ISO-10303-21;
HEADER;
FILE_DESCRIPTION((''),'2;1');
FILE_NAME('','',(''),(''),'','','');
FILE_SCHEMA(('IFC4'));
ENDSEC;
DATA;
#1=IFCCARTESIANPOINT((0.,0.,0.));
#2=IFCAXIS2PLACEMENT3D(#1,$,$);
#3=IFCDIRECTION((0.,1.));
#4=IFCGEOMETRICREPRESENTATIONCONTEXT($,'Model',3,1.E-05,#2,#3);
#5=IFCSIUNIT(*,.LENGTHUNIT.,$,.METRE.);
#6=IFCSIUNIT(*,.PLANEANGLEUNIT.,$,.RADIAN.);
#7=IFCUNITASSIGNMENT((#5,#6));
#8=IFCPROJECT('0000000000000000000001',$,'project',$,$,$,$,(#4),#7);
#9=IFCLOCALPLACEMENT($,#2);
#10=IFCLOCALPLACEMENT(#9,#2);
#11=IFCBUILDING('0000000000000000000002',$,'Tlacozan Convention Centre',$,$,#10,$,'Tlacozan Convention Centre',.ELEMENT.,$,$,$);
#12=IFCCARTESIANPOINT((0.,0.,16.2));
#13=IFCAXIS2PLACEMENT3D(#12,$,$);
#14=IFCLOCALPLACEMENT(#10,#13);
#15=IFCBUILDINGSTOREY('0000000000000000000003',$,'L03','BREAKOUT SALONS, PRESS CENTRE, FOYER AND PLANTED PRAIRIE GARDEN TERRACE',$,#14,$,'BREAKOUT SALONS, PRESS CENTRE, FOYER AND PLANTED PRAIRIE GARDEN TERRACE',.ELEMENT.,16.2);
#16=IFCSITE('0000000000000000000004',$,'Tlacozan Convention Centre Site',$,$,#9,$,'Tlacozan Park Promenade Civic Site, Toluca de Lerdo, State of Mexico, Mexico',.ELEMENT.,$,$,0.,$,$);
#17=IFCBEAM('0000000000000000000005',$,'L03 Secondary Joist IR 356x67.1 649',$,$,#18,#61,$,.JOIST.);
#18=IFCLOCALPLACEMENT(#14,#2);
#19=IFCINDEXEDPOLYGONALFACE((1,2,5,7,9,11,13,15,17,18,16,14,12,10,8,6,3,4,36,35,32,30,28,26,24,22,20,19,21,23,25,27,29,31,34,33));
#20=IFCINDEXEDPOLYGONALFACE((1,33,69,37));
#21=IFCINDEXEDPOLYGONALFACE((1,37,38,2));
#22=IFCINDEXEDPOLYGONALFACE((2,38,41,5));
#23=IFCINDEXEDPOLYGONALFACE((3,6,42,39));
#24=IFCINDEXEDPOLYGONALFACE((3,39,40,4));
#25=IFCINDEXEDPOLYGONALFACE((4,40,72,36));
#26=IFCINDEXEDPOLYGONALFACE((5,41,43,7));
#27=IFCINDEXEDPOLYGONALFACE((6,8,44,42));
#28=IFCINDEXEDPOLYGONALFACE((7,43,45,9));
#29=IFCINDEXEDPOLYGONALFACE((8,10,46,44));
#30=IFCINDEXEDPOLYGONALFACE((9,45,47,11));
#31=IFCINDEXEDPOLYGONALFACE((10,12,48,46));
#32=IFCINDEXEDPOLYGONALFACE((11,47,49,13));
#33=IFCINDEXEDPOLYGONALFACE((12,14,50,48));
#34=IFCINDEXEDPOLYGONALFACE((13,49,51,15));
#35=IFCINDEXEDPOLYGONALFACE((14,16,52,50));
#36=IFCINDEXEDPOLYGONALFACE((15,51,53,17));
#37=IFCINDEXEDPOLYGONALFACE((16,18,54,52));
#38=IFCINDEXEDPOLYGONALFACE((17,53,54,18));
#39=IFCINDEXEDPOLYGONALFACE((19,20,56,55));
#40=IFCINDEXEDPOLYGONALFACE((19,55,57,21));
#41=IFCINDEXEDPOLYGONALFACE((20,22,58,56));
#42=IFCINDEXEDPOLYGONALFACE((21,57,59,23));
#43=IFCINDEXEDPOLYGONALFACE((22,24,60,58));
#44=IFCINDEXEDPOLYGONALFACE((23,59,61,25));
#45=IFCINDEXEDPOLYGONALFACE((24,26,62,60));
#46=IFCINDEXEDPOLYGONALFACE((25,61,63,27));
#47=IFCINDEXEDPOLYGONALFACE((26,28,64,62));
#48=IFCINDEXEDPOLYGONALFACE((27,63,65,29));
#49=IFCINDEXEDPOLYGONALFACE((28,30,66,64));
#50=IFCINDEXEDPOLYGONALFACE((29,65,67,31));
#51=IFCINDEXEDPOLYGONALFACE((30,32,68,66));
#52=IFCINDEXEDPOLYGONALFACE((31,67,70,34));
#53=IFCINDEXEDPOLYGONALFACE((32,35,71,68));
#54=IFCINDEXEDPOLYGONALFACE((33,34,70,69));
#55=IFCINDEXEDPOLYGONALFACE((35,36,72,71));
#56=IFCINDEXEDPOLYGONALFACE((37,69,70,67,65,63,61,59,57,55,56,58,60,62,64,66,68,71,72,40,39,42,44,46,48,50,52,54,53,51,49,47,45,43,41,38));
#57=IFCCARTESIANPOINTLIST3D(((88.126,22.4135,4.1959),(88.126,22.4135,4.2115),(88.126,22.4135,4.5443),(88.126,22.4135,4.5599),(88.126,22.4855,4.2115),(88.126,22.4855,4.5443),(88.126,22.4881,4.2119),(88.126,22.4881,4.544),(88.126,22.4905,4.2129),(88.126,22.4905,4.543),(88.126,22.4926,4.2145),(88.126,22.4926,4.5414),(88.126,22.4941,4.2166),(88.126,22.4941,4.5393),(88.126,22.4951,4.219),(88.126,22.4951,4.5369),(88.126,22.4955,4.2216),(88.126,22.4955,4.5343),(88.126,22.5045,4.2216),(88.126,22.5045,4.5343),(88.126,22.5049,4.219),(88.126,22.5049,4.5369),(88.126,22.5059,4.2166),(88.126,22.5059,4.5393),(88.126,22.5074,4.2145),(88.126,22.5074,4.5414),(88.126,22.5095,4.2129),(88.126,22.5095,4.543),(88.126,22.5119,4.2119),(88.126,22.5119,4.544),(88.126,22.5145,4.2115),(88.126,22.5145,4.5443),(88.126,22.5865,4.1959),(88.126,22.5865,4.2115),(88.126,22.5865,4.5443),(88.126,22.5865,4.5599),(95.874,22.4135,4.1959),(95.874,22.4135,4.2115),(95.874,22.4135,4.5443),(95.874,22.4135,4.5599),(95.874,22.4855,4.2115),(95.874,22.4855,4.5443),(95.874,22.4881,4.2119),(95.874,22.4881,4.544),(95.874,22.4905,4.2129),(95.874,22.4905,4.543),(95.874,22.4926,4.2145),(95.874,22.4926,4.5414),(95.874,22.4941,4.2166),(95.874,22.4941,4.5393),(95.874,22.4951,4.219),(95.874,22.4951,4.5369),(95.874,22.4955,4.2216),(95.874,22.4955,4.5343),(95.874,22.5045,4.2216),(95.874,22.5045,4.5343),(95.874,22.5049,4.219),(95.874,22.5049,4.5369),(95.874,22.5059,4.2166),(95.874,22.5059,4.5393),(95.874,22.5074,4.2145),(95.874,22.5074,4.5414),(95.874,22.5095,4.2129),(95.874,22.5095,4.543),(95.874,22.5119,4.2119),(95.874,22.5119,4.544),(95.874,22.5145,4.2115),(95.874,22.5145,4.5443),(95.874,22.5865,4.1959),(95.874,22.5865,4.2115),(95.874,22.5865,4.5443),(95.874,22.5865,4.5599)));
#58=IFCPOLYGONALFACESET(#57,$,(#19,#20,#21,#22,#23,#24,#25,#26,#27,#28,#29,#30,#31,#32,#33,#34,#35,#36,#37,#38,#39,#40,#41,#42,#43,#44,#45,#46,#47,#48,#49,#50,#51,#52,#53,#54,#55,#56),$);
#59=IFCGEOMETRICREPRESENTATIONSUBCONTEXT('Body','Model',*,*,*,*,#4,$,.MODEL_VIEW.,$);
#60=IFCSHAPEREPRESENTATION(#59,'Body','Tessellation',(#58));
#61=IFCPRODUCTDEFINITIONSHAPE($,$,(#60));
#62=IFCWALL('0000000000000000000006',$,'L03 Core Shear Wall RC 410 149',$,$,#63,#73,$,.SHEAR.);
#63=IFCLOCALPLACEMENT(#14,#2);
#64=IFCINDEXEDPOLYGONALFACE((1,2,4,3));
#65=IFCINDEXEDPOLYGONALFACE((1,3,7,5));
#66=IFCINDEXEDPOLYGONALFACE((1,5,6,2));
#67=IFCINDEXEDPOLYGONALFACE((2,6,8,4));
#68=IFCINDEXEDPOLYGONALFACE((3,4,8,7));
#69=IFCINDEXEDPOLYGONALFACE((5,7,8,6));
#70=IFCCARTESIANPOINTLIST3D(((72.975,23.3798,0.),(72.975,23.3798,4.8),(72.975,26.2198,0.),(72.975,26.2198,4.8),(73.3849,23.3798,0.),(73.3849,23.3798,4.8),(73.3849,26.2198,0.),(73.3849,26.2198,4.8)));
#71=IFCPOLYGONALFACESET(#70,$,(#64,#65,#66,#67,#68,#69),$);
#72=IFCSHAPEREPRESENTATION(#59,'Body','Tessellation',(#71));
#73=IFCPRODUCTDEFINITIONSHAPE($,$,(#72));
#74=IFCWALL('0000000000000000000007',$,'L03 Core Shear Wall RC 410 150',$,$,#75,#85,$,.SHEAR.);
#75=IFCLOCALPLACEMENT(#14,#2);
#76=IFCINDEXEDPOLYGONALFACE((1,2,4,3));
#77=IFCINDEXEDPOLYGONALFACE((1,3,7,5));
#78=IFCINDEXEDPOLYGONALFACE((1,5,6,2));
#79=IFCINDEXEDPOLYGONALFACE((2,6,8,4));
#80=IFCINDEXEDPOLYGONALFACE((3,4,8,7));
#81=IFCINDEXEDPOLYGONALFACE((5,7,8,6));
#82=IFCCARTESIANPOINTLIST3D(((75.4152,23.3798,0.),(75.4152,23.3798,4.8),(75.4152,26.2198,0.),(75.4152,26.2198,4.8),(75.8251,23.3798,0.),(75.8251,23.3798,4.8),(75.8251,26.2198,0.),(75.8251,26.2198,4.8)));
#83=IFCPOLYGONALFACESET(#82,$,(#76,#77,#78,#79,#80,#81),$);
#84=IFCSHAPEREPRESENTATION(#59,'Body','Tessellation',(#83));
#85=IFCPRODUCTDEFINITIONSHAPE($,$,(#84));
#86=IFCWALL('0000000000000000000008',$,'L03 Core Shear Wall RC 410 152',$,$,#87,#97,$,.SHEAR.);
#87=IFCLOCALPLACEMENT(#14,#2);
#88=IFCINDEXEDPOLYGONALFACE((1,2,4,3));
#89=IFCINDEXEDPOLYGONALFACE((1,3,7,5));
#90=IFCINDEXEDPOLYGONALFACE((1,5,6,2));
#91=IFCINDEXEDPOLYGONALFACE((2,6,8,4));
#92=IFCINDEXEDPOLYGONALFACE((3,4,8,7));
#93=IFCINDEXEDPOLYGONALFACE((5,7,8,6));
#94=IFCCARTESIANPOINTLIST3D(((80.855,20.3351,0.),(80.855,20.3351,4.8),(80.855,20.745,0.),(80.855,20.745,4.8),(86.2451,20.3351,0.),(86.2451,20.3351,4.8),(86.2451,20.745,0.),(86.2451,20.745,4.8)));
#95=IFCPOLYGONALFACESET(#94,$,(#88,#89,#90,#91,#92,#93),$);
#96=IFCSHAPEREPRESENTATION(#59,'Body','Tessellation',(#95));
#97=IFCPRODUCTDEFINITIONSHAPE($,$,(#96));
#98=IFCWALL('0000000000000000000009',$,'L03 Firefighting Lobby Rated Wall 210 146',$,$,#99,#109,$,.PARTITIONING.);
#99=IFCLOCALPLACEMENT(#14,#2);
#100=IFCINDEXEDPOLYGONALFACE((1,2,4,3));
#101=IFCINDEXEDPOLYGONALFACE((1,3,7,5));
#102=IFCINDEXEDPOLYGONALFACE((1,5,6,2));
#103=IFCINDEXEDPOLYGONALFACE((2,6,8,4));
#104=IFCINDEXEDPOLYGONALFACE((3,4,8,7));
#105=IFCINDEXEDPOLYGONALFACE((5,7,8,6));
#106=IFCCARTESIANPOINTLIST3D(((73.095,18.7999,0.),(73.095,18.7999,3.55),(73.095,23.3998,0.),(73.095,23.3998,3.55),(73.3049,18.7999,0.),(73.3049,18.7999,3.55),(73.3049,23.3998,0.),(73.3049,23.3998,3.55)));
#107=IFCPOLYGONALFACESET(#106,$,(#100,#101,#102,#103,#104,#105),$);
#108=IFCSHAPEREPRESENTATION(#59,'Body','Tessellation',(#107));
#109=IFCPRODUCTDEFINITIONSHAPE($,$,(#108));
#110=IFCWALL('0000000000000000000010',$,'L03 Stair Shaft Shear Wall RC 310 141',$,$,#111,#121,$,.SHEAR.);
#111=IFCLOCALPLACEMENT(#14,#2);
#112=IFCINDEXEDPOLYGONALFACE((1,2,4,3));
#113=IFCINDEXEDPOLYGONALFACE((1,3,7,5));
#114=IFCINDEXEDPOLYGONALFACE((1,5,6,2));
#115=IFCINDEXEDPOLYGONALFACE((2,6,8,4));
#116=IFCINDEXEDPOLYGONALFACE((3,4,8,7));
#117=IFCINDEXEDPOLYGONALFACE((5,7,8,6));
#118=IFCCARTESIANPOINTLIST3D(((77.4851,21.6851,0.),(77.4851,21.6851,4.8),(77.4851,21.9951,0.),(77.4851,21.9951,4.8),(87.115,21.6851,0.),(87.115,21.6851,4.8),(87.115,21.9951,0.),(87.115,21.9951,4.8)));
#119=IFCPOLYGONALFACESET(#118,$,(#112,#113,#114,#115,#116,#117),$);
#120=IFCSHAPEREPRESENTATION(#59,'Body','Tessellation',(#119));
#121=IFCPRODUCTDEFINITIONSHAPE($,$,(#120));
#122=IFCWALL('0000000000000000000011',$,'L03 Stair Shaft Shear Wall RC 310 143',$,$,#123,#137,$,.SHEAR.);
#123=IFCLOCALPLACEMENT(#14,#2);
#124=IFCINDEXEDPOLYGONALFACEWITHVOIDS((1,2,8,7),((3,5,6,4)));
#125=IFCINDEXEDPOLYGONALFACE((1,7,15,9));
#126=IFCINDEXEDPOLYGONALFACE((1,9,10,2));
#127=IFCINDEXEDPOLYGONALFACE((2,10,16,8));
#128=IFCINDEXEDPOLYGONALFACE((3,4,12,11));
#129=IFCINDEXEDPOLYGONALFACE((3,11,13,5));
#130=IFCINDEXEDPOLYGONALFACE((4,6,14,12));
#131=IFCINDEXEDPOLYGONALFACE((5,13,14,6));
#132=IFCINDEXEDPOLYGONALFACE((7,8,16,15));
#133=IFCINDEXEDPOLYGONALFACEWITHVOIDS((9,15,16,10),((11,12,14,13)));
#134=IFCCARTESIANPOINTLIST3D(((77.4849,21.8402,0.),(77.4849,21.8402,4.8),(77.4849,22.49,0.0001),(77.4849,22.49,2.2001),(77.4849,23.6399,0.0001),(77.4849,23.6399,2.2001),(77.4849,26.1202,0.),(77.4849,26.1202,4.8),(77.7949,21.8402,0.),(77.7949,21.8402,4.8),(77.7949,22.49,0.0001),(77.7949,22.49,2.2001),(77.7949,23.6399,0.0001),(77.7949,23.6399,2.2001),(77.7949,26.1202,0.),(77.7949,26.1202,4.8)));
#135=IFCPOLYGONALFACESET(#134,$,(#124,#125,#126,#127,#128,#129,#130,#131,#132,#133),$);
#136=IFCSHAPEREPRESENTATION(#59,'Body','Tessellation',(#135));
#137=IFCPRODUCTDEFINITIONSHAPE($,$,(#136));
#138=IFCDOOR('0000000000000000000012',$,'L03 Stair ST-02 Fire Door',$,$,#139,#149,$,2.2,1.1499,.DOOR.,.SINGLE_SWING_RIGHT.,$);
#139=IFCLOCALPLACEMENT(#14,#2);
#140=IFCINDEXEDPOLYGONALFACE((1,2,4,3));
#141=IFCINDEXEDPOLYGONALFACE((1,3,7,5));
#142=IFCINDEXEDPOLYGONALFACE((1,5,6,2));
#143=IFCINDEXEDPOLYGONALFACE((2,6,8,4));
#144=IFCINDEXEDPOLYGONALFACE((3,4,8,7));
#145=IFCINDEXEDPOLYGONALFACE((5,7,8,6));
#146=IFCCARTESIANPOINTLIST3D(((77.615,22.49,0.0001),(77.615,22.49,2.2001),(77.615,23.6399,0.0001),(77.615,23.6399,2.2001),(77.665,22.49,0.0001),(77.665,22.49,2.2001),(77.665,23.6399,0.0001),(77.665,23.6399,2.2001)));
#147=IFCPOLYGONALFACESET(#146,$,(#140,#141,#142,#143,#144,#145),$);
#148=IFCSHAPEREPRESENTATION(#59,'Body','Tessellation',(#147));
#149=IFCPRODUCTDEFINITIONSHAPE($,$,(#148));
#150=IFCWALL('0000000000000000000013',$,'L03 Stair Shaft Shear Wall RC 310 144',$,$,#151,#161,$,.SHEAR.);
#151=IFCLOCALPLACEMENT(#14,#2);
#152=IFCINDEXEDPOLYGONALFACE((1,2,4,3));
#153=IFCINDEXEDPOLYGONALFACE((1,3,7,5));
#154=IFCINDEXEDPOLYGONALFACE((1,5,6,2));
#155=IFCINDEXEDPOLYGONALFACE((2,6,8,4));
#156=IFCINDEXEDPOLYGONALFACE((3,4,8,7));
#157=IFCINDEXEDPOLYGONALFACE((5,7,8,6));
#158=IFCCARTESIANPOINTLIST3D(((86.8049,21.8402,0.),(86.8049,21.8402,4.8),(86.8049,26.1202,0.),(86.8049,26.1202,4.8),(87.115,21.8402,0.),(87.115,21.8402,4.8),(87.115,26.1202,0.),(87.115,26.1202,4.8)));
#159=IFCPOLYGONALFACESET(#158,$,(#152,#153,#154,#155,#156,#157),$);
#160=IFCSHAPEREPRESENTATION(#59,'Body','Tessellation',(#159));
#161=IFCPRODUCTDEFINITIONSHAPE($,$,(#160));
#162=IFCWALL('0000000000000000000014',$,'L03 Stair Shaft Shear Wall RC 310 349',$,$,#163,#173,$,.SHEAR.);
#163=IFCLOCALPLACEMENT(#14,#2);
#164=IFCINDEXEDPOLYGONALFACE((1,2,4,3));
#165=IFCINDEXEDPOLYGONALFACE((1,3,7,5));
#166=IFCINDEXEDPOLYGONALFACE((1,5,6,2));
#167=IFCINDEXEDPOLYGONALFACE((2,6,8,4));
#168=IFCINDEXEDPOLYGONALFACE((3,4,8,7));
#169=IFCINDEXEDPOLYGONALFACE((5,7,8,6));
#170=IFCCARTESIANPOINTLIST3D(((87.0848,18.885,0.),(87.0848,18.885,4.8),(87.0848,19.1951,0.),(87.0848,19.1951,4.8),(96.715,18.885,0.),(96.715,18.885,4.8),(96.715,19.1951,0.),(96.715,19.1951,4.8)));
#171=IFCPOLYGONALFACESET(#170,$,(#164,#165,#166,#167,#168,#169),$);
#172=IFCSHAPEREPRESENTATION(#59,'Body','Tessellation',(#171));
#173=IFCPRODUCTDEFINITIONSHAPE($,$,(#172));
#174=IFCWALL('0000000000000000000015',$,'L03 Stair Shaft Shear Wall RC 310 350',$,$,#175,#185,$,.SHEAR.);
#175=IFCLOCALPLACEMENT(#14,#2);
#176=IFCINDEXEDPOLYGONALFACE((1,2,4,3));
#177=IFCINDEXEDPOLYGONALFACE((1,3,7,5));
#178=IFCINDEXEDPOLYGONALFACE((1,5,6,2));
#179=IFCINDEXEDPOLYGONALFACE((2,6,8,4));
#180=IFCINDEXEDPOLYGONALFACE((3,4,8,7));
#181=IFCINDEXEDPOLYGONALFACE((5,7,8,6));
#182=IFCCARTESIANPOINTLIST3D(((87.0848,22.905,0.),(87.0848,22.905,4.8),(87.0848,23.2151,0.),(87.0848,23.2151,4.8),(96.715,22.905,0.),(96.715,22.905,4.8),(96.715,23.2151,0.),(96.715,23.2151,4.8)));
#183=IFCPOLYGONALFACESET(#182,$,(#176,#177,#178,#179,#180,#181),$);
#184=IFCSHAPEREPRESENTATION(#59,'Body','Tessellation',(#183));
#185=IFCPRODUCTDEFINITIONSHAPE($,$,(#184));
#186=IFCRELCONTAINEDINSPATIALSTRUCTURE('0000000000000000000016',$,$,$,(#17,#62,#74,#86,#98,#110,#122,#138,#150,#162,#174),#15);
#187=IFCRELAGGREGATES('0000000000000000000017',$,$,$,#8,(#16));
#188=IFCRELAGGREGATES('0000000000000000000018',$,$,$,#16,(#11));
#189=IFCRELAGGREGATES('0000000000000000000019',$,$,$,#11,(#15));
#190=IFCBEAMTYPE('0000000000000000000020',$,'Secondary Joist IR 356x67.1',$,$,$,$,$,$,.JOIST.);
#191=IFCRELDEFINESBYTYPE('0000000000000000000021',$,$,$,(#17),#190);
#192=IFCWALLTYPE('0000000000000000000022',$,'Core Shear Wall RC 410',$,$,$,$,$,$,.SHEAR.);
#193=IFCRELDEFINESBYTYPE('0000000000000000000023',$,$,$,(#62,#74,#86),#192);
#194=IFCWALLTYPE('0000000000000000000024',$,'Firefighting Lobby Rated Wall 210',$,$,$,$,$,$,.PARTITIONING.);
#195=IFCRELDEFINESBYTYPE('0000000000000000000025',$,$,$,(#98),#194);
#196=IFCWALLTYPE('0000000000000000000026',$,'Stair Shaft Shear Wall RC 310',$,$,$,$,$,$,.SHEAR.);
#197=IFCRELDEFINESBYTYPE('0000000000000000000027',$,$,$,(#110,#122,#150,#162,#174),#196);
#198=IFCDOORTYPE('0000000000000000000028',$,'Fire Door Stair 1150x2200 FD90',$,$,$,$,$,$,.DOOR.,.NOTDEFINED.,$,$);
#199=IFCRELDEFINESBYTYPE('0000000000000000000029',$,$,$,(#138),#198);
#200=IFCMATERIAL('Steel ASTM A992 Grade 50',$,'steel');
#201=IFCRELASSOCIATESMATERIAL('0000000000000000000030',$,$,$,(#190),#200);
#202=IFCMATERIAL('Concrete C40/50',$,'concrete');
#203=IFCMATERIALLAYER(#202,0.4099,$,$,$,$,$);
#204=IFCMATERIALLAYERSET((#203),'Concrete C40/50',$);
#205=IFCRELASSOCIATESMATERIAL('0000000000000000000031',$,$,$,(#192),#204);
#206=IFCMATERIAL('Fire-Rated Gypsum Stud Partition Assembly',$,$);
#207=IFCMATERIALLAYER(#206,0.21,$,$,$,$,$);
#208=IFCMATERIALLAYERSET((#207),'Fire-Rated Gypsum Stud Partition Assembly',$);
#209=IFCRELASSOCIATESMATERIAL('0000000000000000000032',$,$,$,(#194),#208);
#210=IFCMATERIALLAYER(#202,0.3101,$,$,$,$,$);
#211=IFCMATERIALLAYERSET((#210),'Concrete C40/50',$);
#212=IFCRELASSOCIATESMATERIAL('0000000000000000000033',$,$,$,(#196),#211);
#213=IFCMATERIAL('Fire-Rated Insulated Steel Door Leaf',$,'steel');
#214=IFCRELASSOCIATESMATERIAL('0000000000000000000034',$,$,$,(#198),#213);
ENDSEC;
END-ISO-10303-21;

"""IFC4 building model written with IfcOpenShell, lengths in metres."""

from ifc_helpers import new_model, si_unit, direction, frame, frame_2d, origin, origin_2d, place, context, subcontext, project, spatial, rectangle, i_section, extrude, material, layer, layer_set, material_profile, profile_set, type_object, element, fill, save


model = new_model("IFC4")

# Units and contexts
model_context = context("Model", 3, precision=1e-05, world=origin(), true_north=direction((0.0, 1.0)))
body_context = subcontext(model_context, "Body", "Model", "MODEL_VIEW")
ifc_project = project(units=[si_unit("LENGTHUNIT", "METRE"), si_unit("PLANEANGLEUNIT", "RADIAN")], contexts=[model_context])

# Site, building, storey
site_placement = place(None, origin())
site = spatial("IfcSite", under=ifc_project, at=site_placement, Name="Tlacozan Convention Centre Site", LongName="Tlacozan Park Promenade Civic Site, Toluca de Lerdo, State of Mexico, Mexico", CompositionType="ELEMENT", RefElevation=0.0)
building_placement = place(site_placement, origin())
building = spatial("IfcBuilding", under=site, at=building_placement, Name="Tlacozan Convention Centre", LongName="Tlacozan Convention Centre", CompositionType="ELEMENT")
storey_placement = place(building_placement, frame((0.0, 0.0, 16.2)))
storey = spatial("IfcBuildingStorey", under=building, at=storey_placement, Name="L03", Description="BREAKOUT SALONS, PRESS CENTRE, FOYER AND PLANTED PRAIRIE GARDEN TERRACE", LongName="BREAKOUT SALONS, PRESS CENTRE, FOYER AND PLANTED PRAIRIE GARDEN TERRACE", CompositionType="ELEMENT", Elevation=16.2)

# Beam
ifc_material_1 = material(Name="Steel ASTM A992 Grade 50", Category="steel")
ifc_material_profile = material_profile(ifc_material_1, i_section(OverallWidth=0.1731, OverallDepth=0.364, WebThickness=0.009, FlangeThickness=0.0156, FilletRadius=0.01, at=origin_2d()), Name="IR 356x67.1")
ifc_profile_set = profile_set([ifc_material_profile], Name="Steel ASTM A992 Grade 50")
beam_type = type_object("IfcBeamType", Name="Secondary Joist IR 356x67.1", PredefinedType="JOIST", material=ifc_profile_set)
beam_placement = place(storey_placement, frame((88.126, 22.5, 4.3779), z_axis=(1.0, 0.0, 0.0), x_axis=(0.0, 1.0, 0.0)))
element("IfcBeam", 1, at=beam_placement, inside=storey, type_object=beam_type, Name="L03 Secondary Joist IR 356x67.1 649", PredefinedType="JOIST", context=body_context, shape_type="SweptSolid", body=[
    extrude(i_section(OverallWidth=0.1731, OverallDepth=0.364, WebThickness=0.009, FlangeThickness=0.0156, FilletRadius=0.01, at=origin_2d()), origin(), (0.0, 0.0, 1.0), 7.748),
])

# Walls
ifc_material_2 = material(Name="Concrete C40/50", Category="concrete")
ifc_layer_1 = layer(ifc_material_2, 0.4099)
ifc_layer_set_1 = layer_set([ifc_layer_1], Name="Concrete C40/50")
wall_type_1 = type_object("IfcWallType", Name="Core Shear Wall RC 410", PredefinedType="SHEAR", material=ifc_layer_set_1)
for number, where, z_axis, x_axis, name in (
    (2, (73.1799, 23.3799, 0.0), (0.0, 0.0, 1.0), (0.0, 1.0, 0.0), "L03 Core Shear Wall RC 410 149"),
    (3, (75.6201, 23.3799, 0.0), (0.0, 0.0, 1.0), (0.0, 1.0, 0.0), "L03 Core Shear Wall RC 410 150"),
):
    element("IfcWall", number, at=place(storey_placement, frame(where, z_axis=z_axis, x_axis=x_axis)), inside=storey, type_object=wall_type_1, Name=name, PredefinedType="SHEAR", context=body_context, shape_type="SweptSolid", body=[
        extrude(rectangle(XDim=2.8401, YDim=0.4099, at=frame_2d((1.4199, 0.0))), origin(), (0.0, 0.0, 1.0), 4.8),
    ])
wall_1_placement = place(storey_placement, frame((80.855, 20.54, 0.0), z_axis=(0.0, 0.0, 1.0), x_axis=(1.0, 0.0, 0.0)))
element("IfcWall", 4, at=wall_1_placement, inside=storey, type_object=wall_type_1, Name="L03 Core Shear Wall RC 410 152", PredefinedType="SHEAR", context=body_context, shape_type="SweptSolid", body=[
    extrude(rectangle(XDim=5.3901, YDim=0.4099, at=frame_2d((2.6951, 0.0))), origin(), (0.0, 0.0, 1.0), 4.8),
])

# Shared definitions
ifc_material_3 = material(Name="Fire-Rated Gypsum Stud Partition Assembly")
ifc_layer_2 = layer(ifc_material_3, 0.21)
ifc_layer_set_2 = layer_set([ifc_layer_2], Name="Fire-Rated Gypsum Stud Partition Assembly")
wall_type_2 = type_object("IfcWallType", Name="Firefighting Lobby Rated Wall 210", PredefinedType="PARTITIONING", material=ifc_layer_set_2)
ifc_material_4 = material(Name="Fire-Rated Insulated Steel Door Leaf", Category="steel")

# Walls
wall_2_placement = place(storey_placement, frame((73.2, 18.8, 0.0), z_axis=(0.0, 0.0, 1.0), x_axis=(0.0, 1.0, 0.0)))
element("IfcWall", 5, at=wall_2_placement, inside=storey, type_object=wall_type_2, Name="L03 Firefighting Lobby Rated Wall 210 146", PredefinedType="PARTITIONING", context=body_context, shape_type="SweptSolid", body=[
    extrude(rectangle(XDim=4.5999, YDim=0.21, at=frame_2d((2.2998, 0.0))), origin(), (0.0, 0.0, 1.0), 3.55),
])
ifc_layer_3 = layer(ifc_material_2, 0.3101)
ifc_layer_set_3 = layer_set([ifc_layer_3], Name="Concrete C40/50")
wall_type_3 = type_object("IfcWallType", Name="Stair Shaft Shear Wall RC 310", PredefinedType="SHEAR", material=ifc_layer_set_3)
wall_3_placement = place(storey_placement, frame((77.4851, 21.8401, 0.0), z_axis=(0.0, 0.0, 1.0), x_axis=(1.0, 0.0, 0.0)))
element("IfcWall", 6, at=wall_3_placement, inside=storey, type_object=wall_type_3, Name="L03 Stair Shaft Shear Wall RC 310 141", PredefinedType="SHEAR", context=body_context, shape_type="SweptSolid", body=[
    extrude(rectangle(XDim=9.6299, YDim=0.3101, at=frame_2d((4.8149, 0.0))), origin(), (0.0, 0.0, 1.0), 4.8),
])

# Wall, opening, door
wall_4_placement = place(storey_placement, frame((77.6399, 21.8401, 0.0), z_axis=(0.0, 0.0, 1.0), x_axis=(0.0, 1.0, 0.0)))
wall_4 = element("IfcWall", 7, at=wall_4_placement, inside=storey, type_object=wall_type_3, Name="L03 Stair Shaft Shear Wall RC 310 143", PredefinedType="SHEAR", context=body_context, shape_type="SweptSolid", body=[
    extrude(rectangle(XDim=4.28, YDim=0.3101, at=frame_2d((2.1401, 0.0))), origin(), (0.0, 0.0, 1.0), 4.8),
])
opening_1_placement = place(wall_4_placement, frame((0.6499, 0.0, 0.0)))
opening_1 = element("IfcOpeningElement", 8, at=opening_1_placement, cuts=wall_4, PredefinedType="OPENING", context=body_context, shape_type="SweptSolid", body=[
    extrude(rectangle(XDim=1.1499, YDim=2.2, at=frame_2d((0.575, 1.1001))), frame((0.0, 0.165, 0.0), z_axis=(0.0, -1.0, 0.0), x_axis=(1.0, 0.0, 0.0)), (0.0, 0.0, 1.0), 0.3301),
])
door_type_1 = type_object("IfcDoorType", Name="Fire Door Stair 1150x2200 FD90", OperationType="NOTDEFINED", PredefinedType="DOOR", material=ifc_material_4)
door_1_placement = place(opening_1_placement, origin())
door_1 = element("IfcDoor", 9, at=door_1_placement, inside=storey, type_object=door_type_1, Name="L03 Stair ST-02 Fire Door", OperationType="SINGLE_SWING_RIGHT", OverallHeight=2.2, OverallWidth=1.1499, PredefinedType="DOOR", context=body_context, shape_type="SweptSolid", body=[
    extrude(rectangle(XDim=1.1499, YDim=2.2, at=frame_2d((0.575, 1.1001))), frame((0.0, 0.0249, 0.0), z_axis=(0.0, -1.0, 0.0), x_axis=(1.0, 0.0, 0.0)), (0.0, 0.0, 1.0), 0.05),
])
fill(opening_1, door_1)

# Walls
wall_5_placement = place(storey_placement, frame((86.96, 21.8401, 0.0), z_axis=(0.0, 0.0, 1.0), x_axis=(0.0, 1.0, 0.0)))
element("IfcWall", 10, at=wall_5_placement, inside=storey, type_object=wall_type_3, Name="L03 Stair Shaft Shear Wall RC 310 144", PredefinedType="SHEAR", context=body_context, shape_type="SweptSolid", body=[
    extrude(rectangle(XDim=4.28, YDim=0.3101, at=frame_2d((2.1401, 0.0))), origin(), (0.0, 0.0, 1.0), 4.8),
])
for number, where, z_axis, x_axis, name in (
    (11, (87.085, 19.04, 0.0), (0.0, 0.0, 1.0), (1.0, 0.0, 0.0), "L03 Stair Shaft Shear Wall RC 310 349"),
    (12, (87.085, 23.0601, 0.0), (0.0, 0.0, 1.0), (1.0, 0.0, 0.0), "L03 Stair Shaft Shear Wall RC 310 350"),
):
    element("IfcWall", number, at=place(storey_placement, frame(where, z_axis=z_axis, x_axis=x_axis)), inside=storey, type_object=wall_type_3, Name=name, PredefinedType="SHEAR", context=body_context, shape_type="SweptSolid", body=[
        extrude(rectangle(XDim=9.6301, YDim=0.3101, at=frame_2d((4.8149, 0.0))), origin(), (0.0, 0.0, 1.0), 4.8),
    ])

save(model, "model.ifc")
